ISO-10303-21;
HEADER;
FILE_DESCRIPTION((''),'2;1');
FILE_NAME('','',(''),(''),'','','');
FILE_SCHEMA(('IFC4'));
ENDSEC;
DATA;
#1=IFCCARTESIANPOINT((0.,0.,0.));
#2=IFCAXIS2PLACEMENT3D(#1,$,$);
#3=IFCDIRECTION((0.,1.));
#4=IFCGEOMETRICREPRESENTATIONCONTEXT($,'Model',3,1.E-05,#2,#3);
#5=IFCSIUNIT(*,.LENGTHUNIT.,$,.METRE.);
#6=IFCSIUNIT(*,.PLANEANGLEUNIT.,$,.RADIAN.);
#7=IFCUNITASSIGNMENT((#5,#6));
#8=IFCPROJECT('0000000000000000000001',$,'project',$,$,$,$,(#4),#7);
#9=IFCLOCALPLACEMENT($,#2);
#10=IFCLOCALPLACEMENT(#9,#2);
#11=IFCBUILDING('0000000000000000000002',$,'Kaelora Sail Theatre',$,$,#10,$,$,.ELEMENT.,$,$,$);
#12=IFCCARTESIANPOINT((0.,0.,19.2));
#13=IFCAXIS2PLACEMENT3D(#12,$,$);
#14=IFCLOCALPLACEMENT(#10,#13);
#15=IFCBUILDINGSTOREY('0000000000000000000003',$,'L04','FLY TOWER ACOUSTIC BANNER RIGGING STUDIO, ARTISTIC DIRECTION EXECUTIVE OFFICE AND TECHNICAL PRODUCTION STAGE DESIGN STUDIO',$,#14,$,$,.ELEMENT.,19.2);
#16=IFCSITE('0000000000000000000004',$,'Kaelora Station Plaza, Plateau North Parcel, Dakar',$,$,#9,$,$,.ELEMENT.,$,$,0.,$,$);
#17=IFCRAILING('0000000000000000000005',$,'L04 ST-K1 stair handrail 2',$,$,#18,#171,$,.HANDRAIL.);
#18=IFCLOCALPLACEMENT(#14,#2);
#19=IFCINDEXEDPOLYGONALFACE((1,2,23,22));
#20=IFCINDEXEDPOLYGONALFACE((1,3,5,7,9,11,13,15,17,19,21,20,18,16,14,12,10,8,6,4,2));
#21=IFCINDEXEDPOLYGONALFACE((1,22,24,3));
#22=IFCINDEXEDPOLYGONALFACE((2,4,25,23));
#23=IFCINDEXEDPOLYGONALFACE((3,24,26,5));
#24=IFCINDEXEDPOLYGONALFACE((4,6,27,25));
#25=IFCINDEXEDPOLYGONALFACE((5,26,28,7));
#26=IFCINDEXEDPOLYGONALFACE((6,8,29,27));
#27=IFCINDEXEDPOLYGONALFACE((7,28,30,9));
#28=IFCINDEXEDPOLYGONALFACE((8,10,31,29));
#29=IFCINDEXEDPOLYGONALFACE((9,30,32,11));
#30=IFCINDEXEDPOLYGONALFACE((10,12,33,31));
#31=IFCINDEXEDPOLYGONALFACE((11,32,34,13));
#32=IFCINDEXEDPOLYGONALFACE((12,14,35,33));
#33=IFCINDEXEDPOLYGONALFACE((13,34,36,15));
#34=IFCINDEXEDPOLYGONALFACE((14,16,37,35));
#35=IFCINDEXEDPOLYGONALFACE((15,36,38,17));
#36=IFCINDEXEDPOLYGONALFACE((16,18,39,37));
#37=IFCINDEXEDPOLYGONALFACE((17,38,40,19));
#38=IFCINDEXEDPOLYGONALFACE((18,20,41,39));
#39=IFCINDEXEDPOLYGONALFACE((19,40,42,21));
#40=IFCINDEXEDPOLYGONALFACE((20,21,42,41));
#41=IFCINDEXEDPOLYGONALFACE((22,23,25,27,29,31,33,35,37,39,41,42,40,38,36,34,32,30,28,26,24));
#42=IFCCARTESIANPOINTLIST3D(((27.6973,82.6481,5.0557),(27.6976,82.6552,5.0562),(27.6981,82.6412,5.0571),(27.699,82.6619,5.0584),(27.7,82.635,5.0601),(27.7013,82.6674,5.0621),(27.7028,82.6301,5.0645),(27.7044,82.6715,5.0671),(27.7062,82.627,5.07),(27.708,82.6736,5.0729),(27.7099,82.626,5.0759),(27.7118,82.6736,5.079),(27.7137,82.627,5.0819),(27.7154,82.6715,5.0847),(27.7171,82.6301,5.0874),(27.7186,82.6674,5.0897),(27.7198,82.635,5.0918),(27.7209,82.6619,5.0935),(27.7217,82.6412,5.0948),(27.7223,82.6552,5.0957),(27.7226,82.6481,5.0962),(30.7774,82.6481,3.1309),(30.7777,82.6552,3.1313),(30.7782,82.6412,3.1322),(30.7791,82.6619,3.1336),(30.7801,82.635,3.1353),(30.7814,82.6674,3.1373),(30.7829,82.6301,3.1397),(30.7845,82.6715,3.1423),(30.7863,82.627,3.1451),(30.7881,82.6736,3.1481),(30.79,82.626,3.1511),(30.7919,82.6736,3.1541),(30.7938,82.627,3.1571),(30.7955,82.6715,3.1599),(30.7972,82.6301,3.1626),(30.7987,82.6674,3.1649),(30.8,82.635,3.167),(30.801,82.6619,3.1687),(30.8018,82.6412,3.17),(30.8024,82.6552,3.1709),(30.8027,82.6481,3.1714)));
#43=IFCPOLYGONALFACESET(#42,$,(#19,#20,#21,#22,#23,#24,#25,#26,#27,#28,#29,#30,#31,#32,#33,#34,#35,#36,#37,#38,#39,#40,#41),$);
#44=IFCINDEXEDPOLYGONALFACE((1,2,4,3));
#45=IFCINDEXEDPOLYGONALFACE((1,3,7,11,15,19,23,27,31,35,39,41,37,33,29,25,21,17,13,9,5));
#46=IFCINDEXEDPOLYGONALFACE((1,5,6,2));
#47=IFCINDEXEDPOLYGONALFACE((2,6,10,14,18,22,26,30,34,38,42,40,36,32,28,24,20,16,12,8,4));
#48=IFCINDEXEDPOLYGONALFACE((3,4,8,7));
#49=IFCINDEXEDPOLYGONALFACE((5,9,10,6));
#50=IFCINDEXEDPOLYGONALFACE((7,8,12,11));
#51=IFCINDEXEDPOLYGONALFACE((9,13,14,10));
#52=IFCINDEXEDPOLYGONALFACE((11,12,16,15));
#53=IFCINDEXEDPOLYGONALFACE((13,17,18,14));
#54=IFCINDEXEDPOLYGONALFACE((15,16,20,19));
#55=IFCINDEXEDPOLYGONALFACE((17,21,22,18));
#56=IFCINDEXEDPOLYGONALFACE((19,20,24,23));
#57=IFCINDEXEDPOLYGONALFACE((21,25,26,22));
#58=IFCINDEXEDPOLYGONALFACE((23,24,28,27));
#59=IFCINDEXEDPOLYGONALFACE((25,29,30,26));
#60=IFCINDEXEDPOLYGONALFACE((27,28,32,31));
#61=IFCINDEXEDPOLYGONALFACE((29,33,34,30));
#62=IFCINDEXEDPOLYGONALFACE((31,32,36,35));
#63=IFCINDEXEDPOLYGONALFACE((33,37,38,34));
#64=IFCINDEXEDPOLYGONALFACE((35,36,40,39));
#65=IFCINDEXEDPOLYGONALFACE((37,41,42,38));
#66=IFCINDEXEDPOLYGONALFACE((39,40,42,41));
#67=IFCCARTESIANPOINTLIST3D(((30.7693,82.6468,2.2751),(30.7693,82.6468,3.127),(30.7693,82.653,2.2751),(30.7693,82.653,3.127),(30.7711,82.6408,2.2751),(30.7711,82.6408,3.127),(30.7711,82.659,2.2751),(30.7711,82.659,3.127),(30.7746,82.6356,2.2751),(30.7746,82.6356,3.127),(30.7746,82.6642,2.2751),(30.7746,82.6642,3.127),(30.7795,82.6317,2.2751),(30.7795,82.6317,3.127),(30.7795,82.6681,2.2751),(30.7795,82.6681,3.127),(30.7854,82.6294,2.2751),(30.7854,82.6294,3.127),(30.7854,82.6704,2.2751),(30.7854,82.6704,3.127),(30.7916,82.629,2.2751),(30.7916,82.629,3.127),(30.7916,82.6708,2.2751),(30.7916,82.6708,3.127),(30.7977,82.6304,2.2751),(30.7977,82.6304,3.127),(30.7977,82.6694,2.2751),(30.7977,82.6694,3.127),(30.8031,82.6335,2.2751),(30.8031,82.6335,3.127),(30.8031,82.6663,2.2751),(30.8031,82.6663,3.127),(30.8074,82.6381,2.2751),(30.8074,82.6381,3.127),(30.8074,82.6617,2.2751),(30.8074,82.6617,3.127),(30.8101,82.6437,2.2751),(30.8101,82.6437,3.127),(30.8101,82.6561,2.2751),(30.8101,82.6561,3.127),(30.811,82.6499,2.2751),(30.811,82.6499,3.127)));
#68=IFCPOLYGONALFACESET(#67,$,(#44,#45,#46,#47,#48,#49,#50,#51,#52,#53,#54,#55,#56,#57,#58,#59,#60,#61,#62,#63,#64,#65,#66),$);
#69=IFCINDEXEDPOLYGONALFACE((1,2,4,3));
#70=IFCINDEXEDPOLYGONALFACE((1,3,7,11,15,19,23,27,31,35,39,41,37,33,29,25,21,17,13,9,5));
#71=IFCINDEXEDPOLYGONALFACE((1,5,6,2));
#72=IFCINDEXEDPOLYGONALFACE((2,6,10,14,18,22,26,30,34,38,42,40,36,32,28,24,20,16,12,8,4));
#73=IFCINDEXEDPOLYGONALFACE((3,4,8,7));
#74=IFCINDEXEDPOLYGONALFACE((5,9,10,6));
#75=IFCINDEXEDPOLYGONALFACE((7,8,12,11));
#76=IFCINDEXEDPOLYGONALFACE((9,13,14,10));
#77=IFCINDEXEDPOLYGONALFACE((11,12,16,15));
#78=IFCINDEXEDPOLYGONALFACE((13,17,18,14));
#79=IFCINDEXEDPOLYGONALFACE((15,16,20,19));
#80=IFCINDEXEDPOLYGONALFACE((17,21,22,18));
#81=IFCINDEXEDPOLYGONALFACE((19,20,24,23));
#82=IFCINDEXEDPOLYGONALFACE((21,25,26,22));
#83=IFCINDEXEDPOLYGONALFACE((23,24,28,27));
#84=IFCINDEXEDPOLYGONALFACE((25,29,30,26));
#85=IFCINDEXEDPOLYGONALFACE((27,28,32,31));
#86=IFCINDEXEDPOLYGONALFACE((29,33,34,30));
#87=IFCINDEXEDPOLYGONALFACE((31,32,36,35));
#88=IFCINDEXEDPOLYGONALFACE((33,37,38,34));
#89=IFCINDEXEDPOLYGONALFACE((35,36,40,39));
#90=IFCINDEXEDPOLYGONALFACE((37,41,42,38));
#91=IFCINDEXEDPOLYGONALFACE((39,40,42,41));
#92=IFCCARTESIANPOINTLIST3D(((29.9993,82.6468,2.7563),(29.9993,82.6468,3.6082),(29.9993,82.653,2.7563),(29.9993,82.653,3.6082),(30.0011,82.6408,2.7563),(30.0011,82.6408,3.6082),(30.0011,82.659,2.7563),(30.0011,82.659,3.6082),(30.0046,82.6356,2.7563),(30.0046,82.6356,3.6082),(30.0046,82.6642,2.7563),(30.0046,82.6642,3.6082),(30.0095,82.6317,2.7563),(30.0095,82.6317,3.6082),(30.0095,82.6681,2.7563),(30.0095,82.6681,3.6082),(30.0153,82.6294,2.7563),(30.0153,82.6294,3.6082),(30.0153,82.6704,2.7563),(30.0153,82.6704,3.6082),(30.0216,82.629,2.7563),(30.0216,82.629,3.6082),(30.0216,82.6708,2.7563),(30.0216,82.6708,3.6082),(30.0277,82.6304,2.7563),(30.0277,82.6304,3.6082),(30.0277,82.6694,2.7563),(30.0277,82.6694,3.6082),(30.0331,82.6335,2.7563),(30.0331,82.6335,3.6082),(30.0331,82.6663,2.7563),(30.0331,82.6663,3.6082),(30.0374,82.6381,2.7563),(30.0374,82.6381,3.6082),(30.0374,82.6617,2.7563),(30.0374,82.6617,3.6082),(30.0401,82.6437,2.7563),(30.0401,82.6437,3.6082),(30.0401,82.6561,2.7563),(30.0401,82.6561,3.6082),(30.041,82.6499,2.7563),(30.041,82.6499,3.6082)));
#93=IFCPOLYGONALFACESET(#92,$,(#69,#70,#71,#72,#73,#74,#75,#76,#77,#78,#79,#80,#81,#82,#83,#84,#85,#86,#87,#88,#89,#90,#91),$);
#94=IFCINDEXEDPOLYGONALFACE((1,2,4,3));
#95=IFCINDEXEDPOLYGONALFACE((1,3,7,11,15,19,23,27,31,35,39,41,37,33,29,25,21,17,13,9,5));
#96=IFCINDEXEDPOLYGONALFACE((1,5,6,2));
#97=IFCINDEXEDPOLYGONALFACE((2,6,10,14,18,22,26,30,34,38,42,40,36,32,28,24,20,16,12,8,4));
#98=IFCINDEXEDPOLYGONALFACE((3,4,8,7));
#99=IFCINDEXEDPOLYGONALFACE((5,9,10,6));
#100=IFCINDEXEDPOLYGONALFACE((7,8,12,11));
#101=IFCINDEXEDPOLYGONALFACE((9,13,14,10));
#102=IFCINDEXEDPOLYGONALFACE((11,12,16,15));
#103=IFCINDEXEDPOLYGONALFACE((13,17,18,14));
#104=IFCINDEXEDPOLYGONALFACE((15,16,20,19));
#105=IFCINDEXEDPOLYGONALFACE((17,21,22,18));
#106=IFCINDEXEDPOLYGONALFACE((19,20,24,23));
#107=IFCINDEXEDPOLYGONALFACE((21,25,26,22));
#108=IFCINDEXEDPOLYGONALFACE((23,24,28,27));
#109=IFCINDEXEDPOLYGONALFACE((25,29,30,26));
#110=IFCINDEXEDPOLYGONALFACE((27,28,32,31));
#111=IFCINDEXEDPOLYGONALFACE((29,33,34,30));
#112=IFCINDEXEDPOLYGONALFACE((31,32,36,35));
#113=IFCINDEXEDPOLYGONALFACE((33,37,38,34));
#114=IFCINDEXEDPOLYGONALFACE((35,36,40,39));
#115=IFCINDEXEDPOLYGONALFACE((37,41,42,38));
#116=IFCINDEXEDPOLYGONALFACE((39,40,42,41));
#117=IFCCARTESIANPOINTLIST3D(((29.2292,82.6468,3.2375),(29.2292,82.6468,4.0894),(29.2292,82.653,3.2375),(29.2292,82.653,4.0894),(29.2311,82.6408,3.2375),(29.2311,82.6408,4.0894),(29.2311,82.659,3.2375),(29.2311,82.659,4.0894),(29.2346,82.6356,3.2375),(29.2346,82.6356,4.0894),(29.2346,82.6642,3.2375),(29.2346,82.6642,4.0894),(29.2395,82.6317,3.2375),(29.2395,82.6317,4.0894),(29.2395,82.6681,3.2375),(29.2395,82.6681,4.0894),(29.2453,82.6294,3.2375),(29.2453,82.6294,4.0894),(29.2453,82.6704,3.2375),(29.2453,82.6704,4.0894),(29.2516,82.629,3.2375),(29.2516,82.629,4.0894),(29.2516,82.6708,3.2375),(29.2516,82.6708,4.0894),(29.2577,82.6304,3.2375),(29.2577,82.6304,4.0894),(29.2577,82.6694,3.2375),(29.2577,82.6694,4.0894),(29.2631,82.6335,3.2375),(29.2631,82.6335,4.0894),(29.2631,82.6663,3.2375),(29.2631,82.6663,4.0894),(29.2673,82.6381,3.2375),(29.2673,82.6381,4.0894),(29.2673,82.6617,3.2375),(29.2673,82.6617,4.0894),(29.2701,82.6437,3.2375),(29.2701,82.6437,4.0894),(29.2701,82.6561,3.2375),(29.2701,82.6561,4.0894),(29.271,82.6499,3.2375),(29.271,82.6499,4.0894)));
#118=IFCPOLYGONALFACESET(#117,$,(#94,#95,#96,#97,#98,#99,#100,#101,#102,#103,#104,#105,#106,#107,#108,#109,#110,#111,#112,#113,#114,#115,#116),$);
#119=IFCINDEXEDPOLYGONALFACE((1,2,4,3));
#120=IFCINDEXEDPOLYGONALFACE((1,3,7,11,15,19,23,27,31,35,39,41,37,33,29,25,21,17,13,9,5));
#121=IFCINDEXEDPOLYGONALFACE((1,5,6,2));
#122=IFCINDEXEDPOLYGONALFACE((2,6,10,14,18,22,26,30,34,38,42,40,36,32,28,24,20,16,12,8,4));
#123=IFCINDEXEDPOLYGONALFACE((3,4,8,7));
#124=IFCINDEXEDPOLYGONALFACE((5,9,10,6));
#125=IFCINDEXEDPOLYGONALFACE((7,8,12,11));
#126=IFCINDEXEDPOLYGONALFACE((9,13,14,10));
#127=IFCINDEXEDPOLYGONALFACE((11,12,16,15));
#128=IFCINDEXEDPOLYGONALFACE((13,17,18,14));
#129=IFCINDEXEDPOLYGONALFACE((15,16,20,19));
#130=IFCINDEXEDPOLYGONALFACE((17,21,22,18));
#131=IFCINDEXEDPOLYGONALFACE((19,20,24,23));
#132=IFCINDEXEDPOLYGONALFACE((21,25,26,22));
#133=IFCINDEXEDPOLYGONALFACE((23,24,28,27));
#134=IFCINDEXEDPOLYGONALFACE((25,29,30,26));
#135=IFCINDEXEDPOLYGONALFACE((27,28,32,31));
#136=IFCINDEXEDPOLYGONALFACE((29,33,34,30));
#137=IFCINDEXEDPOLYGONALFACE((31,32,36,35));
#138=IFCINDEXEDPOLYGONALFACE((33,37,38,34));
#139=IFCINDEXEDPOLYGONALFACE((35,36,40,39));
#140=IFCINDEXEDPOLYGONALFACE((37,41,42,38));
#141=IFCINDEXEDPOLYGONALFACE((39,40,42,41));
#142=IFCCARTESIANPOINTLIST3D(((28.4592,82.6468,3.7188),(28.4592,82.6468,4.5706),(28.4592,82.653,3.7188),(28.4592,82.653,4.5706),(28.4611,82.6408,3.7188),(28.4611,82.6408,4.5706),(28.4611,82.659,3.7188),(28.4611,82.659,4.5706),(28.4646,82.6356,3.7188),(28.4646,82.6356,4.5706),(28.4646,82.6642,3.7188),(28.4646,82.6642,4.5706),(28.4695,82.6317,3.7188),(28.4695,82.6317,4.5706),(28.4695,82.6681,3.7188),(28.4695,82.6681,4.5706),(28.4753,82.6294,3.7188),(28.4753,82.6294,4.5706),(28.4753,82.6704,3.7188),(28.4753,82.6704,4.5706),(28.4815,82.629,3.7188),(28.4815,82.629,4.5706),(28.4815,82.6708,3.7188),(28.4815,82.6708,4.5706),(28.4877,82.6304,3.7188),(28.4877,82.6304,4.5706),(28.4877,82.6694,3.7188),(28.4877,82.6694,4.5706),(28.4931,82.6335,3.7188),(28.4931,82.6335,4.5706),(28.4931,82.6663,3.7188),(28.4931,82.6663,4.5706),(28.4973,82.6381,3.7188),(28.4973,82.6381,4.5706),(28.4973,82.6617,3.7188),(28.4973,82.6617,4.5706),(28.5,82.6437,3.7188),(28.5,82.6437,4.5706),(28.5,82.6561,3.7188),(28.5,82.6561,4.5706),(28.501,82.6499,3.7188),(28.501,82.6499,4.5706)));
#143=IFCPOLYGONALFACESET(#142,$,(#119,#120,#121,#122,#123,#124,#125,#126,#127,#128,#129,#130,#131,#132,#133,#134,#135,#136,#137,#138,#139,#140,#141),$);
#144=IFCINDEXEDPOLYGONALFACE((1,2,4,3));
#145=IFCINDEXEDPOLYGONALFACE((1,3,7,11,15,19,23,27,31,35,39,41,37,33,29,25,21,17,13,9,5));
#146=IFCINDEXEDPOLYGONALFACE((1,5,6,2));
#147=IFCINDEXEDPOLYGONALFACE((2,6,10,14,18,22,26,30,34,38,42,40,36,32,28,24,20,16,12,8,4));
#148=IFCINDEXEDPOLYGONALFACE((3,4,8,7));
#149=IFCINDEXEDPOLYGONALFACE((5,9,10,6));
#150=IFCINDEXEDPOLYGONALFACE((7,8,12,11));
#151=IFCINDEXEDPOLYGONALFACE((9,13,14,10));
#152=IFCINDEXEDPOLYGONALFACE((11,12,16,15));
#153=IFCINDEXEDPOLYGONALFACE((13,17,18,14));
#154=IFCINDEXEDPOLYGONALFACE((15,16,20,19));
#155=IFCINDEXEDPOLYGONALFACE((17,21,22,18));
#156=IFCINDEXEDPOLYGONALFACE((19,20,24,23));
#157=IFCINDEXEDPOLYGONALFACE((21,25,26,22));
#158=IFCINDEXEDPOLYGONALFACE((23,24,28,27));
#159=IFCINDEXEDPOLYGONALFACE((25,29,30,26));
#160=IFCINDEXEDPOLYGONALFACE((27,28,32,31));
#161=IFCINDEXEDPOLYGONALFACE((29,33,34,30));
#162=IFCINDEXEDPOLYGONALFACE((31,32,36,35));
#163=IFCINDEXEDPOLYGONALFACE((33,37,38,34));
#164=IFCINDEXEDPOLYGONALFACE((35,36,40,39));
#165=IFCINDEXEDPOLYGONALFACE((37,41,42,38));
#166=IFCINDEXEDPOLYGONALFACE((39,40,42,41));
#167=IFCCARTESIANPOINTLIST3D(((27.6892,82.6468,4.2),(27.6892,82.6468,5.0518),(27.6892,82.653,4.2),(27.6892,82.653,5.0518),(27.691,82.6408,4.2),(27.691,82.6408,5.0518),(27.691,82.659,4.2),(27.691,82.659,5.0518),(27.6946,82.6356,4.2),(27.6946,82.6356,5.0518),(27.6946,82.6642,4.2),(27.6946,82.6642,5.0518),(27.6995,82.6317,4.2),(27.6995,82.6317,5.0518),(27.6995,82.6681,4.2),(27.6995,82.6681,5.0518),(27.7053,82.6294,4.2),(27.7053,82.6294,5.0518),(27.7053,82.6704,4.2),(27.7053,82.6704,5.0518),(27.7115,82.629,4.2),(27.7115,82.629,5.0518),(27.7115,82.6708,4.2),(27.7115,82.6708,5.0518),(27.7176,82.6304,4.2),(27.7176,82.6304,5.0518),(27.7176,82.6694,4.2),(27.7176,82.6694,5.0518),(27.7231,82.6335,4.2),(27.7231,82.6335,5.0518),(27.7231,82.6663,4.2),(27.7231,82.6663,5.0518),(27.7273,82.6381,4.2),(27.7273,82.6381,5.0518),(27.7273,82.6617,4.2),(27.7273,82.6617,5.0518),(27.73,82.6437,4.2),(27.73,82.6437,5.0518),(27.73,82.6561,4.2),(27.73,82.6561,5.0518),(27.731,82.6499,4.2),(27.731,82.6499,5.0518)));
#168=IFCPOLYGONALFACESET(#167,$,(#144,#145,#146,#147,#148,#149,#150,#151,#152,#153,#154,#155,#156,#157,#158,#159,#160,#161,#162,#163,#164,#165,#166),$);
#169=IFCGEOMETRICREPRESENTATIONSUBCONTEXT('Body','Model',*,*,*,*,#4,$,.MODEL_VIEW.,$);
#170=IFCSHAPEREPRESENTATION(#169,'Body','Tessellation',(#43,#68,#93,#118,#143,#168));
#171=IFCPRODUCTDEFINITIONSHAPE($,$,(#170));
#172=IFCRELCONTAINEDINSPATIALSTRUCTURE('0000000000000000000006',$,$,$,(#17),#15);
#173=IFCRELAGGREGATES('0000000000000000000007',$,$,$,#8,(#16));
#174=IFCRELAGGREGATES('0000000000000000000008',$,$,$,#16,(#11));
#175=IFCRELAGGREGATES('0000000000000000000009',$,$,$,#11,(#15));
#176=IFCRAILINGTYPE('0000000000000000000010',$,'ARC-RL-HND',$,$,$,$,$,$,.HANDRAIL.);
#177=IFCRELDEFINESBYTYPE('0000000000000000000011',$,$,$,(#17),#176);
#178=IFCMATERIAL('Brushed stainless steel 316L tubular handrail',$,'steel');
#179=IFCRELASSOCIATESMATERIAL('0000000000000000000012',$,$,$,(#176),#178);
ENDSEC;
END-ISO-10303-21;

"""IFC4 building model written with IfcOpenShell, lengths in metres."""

from ifc_helpers import new_model, si_unit, direction, frame, origin, origin_2d, place, context, subcontext, project, spatial, circle, extrude, material, type_object, element, save


model = new_model("IFC4")

# Units and contexts
model_context = context("Model", 3, precision=1e-05, world=origin(), true_north=direction((0.0, 1.0)))
body_context = subcontext(model_context, "Body", "Model", "MODEL_VIEW")
ifc_project = project(units=[si_unit("LENGTHUNIT", "METRE"), si_unit("PLANEANGLEUNIT", "RADIAN")], contexts=[model_context])

# Site, building, storey
site_placement = place(None, origin())
site = spatial("IfcSite", under=ifc_project, at=site_placement, Name="Kaelora Station Plaza, Plateau North Parcel, Dakar", CompositionType="ELEMENT", RefElevation=0.0)
building_placement = place(site_placement, origin())
building = spatial("IfcBuilding", under=site, at=building_placement, Name="Kaelora Sail Theatre", CompositionType="ELEMENT")
storey_placement = place(building_placement, frame((0.0, 0.0, 19.2)))
storey = spatial("IfcBuildingStorey", under=building, at=storey_placement, Name="L04", Description="FLY TOWER ACOUSTIC BANNER RIGGING STUDIO, ARTISTIC DIRECTION EXECUTIVE OFFICE AND TECHNICAL PRODUCTION STAGE DESIGN STUDIO", CompositionType="ELEMENT", Elevation=19.2)

# Railing
ifc_material_1 = material(Name="Brushed stainless steel 316L tubular handrail", Category="steel")
railing_type_1 = type_object("IfcRailingType", Name="ARC-RL-HND", PredefinedType="HANDRAIL", material=ifc_material_1)
railing_1_placement = place(storey_placement, frame((30.79, 82.6499, 2.2751)))
element("IfcRailing", 1, at=railing_1_placement, inside=storey, type_object=railing_type_1, Name="L04 ST-K1 stair handrail 2", PredefinedType="HANDRAIL", context=body_context, shape_type="SweptSolid", body=[
    extrude(circle(Radius=0.0239, at=origin_2d()), frame((0.0, 0.0, 0.876), z_axis=(-0.848029, 0.0, 0.529951), x_axis=(0.0, -1.0, 0.0)), (0.0, 0.0, 1.0), 3.6321),
    extrude(circle(Radius=0.021, at=origin_2d()), origin(), (0.0, 0.0, 1.0), 0.8518),
    extrude(circle(Radius=0.021, at=origin_2d()), frame((-0.77, 0.0, 0.4812)), (0.0, 0.0, 1.0), 0.8518),
    extrude(circle(Radius=0.021, at=origin_2d()), frame((-1.54, 0.0, 0.9624)), (0.0, 0.0, 1.0), 0.8518),
    extrude(circle(Radius=0.021, at=origin_2d()), frame((-2.3101, 0.0, 1.4436)), (0.0, 0.0, 1.0), 0.8518),
    extrude(circle(Radius=0.021, at=origin_2d()), frame((-3.0801, 0.0, 1.9248)), (0.0, 0.0, 1.0), 0.8518),
])

save(model, "model.ifc")
